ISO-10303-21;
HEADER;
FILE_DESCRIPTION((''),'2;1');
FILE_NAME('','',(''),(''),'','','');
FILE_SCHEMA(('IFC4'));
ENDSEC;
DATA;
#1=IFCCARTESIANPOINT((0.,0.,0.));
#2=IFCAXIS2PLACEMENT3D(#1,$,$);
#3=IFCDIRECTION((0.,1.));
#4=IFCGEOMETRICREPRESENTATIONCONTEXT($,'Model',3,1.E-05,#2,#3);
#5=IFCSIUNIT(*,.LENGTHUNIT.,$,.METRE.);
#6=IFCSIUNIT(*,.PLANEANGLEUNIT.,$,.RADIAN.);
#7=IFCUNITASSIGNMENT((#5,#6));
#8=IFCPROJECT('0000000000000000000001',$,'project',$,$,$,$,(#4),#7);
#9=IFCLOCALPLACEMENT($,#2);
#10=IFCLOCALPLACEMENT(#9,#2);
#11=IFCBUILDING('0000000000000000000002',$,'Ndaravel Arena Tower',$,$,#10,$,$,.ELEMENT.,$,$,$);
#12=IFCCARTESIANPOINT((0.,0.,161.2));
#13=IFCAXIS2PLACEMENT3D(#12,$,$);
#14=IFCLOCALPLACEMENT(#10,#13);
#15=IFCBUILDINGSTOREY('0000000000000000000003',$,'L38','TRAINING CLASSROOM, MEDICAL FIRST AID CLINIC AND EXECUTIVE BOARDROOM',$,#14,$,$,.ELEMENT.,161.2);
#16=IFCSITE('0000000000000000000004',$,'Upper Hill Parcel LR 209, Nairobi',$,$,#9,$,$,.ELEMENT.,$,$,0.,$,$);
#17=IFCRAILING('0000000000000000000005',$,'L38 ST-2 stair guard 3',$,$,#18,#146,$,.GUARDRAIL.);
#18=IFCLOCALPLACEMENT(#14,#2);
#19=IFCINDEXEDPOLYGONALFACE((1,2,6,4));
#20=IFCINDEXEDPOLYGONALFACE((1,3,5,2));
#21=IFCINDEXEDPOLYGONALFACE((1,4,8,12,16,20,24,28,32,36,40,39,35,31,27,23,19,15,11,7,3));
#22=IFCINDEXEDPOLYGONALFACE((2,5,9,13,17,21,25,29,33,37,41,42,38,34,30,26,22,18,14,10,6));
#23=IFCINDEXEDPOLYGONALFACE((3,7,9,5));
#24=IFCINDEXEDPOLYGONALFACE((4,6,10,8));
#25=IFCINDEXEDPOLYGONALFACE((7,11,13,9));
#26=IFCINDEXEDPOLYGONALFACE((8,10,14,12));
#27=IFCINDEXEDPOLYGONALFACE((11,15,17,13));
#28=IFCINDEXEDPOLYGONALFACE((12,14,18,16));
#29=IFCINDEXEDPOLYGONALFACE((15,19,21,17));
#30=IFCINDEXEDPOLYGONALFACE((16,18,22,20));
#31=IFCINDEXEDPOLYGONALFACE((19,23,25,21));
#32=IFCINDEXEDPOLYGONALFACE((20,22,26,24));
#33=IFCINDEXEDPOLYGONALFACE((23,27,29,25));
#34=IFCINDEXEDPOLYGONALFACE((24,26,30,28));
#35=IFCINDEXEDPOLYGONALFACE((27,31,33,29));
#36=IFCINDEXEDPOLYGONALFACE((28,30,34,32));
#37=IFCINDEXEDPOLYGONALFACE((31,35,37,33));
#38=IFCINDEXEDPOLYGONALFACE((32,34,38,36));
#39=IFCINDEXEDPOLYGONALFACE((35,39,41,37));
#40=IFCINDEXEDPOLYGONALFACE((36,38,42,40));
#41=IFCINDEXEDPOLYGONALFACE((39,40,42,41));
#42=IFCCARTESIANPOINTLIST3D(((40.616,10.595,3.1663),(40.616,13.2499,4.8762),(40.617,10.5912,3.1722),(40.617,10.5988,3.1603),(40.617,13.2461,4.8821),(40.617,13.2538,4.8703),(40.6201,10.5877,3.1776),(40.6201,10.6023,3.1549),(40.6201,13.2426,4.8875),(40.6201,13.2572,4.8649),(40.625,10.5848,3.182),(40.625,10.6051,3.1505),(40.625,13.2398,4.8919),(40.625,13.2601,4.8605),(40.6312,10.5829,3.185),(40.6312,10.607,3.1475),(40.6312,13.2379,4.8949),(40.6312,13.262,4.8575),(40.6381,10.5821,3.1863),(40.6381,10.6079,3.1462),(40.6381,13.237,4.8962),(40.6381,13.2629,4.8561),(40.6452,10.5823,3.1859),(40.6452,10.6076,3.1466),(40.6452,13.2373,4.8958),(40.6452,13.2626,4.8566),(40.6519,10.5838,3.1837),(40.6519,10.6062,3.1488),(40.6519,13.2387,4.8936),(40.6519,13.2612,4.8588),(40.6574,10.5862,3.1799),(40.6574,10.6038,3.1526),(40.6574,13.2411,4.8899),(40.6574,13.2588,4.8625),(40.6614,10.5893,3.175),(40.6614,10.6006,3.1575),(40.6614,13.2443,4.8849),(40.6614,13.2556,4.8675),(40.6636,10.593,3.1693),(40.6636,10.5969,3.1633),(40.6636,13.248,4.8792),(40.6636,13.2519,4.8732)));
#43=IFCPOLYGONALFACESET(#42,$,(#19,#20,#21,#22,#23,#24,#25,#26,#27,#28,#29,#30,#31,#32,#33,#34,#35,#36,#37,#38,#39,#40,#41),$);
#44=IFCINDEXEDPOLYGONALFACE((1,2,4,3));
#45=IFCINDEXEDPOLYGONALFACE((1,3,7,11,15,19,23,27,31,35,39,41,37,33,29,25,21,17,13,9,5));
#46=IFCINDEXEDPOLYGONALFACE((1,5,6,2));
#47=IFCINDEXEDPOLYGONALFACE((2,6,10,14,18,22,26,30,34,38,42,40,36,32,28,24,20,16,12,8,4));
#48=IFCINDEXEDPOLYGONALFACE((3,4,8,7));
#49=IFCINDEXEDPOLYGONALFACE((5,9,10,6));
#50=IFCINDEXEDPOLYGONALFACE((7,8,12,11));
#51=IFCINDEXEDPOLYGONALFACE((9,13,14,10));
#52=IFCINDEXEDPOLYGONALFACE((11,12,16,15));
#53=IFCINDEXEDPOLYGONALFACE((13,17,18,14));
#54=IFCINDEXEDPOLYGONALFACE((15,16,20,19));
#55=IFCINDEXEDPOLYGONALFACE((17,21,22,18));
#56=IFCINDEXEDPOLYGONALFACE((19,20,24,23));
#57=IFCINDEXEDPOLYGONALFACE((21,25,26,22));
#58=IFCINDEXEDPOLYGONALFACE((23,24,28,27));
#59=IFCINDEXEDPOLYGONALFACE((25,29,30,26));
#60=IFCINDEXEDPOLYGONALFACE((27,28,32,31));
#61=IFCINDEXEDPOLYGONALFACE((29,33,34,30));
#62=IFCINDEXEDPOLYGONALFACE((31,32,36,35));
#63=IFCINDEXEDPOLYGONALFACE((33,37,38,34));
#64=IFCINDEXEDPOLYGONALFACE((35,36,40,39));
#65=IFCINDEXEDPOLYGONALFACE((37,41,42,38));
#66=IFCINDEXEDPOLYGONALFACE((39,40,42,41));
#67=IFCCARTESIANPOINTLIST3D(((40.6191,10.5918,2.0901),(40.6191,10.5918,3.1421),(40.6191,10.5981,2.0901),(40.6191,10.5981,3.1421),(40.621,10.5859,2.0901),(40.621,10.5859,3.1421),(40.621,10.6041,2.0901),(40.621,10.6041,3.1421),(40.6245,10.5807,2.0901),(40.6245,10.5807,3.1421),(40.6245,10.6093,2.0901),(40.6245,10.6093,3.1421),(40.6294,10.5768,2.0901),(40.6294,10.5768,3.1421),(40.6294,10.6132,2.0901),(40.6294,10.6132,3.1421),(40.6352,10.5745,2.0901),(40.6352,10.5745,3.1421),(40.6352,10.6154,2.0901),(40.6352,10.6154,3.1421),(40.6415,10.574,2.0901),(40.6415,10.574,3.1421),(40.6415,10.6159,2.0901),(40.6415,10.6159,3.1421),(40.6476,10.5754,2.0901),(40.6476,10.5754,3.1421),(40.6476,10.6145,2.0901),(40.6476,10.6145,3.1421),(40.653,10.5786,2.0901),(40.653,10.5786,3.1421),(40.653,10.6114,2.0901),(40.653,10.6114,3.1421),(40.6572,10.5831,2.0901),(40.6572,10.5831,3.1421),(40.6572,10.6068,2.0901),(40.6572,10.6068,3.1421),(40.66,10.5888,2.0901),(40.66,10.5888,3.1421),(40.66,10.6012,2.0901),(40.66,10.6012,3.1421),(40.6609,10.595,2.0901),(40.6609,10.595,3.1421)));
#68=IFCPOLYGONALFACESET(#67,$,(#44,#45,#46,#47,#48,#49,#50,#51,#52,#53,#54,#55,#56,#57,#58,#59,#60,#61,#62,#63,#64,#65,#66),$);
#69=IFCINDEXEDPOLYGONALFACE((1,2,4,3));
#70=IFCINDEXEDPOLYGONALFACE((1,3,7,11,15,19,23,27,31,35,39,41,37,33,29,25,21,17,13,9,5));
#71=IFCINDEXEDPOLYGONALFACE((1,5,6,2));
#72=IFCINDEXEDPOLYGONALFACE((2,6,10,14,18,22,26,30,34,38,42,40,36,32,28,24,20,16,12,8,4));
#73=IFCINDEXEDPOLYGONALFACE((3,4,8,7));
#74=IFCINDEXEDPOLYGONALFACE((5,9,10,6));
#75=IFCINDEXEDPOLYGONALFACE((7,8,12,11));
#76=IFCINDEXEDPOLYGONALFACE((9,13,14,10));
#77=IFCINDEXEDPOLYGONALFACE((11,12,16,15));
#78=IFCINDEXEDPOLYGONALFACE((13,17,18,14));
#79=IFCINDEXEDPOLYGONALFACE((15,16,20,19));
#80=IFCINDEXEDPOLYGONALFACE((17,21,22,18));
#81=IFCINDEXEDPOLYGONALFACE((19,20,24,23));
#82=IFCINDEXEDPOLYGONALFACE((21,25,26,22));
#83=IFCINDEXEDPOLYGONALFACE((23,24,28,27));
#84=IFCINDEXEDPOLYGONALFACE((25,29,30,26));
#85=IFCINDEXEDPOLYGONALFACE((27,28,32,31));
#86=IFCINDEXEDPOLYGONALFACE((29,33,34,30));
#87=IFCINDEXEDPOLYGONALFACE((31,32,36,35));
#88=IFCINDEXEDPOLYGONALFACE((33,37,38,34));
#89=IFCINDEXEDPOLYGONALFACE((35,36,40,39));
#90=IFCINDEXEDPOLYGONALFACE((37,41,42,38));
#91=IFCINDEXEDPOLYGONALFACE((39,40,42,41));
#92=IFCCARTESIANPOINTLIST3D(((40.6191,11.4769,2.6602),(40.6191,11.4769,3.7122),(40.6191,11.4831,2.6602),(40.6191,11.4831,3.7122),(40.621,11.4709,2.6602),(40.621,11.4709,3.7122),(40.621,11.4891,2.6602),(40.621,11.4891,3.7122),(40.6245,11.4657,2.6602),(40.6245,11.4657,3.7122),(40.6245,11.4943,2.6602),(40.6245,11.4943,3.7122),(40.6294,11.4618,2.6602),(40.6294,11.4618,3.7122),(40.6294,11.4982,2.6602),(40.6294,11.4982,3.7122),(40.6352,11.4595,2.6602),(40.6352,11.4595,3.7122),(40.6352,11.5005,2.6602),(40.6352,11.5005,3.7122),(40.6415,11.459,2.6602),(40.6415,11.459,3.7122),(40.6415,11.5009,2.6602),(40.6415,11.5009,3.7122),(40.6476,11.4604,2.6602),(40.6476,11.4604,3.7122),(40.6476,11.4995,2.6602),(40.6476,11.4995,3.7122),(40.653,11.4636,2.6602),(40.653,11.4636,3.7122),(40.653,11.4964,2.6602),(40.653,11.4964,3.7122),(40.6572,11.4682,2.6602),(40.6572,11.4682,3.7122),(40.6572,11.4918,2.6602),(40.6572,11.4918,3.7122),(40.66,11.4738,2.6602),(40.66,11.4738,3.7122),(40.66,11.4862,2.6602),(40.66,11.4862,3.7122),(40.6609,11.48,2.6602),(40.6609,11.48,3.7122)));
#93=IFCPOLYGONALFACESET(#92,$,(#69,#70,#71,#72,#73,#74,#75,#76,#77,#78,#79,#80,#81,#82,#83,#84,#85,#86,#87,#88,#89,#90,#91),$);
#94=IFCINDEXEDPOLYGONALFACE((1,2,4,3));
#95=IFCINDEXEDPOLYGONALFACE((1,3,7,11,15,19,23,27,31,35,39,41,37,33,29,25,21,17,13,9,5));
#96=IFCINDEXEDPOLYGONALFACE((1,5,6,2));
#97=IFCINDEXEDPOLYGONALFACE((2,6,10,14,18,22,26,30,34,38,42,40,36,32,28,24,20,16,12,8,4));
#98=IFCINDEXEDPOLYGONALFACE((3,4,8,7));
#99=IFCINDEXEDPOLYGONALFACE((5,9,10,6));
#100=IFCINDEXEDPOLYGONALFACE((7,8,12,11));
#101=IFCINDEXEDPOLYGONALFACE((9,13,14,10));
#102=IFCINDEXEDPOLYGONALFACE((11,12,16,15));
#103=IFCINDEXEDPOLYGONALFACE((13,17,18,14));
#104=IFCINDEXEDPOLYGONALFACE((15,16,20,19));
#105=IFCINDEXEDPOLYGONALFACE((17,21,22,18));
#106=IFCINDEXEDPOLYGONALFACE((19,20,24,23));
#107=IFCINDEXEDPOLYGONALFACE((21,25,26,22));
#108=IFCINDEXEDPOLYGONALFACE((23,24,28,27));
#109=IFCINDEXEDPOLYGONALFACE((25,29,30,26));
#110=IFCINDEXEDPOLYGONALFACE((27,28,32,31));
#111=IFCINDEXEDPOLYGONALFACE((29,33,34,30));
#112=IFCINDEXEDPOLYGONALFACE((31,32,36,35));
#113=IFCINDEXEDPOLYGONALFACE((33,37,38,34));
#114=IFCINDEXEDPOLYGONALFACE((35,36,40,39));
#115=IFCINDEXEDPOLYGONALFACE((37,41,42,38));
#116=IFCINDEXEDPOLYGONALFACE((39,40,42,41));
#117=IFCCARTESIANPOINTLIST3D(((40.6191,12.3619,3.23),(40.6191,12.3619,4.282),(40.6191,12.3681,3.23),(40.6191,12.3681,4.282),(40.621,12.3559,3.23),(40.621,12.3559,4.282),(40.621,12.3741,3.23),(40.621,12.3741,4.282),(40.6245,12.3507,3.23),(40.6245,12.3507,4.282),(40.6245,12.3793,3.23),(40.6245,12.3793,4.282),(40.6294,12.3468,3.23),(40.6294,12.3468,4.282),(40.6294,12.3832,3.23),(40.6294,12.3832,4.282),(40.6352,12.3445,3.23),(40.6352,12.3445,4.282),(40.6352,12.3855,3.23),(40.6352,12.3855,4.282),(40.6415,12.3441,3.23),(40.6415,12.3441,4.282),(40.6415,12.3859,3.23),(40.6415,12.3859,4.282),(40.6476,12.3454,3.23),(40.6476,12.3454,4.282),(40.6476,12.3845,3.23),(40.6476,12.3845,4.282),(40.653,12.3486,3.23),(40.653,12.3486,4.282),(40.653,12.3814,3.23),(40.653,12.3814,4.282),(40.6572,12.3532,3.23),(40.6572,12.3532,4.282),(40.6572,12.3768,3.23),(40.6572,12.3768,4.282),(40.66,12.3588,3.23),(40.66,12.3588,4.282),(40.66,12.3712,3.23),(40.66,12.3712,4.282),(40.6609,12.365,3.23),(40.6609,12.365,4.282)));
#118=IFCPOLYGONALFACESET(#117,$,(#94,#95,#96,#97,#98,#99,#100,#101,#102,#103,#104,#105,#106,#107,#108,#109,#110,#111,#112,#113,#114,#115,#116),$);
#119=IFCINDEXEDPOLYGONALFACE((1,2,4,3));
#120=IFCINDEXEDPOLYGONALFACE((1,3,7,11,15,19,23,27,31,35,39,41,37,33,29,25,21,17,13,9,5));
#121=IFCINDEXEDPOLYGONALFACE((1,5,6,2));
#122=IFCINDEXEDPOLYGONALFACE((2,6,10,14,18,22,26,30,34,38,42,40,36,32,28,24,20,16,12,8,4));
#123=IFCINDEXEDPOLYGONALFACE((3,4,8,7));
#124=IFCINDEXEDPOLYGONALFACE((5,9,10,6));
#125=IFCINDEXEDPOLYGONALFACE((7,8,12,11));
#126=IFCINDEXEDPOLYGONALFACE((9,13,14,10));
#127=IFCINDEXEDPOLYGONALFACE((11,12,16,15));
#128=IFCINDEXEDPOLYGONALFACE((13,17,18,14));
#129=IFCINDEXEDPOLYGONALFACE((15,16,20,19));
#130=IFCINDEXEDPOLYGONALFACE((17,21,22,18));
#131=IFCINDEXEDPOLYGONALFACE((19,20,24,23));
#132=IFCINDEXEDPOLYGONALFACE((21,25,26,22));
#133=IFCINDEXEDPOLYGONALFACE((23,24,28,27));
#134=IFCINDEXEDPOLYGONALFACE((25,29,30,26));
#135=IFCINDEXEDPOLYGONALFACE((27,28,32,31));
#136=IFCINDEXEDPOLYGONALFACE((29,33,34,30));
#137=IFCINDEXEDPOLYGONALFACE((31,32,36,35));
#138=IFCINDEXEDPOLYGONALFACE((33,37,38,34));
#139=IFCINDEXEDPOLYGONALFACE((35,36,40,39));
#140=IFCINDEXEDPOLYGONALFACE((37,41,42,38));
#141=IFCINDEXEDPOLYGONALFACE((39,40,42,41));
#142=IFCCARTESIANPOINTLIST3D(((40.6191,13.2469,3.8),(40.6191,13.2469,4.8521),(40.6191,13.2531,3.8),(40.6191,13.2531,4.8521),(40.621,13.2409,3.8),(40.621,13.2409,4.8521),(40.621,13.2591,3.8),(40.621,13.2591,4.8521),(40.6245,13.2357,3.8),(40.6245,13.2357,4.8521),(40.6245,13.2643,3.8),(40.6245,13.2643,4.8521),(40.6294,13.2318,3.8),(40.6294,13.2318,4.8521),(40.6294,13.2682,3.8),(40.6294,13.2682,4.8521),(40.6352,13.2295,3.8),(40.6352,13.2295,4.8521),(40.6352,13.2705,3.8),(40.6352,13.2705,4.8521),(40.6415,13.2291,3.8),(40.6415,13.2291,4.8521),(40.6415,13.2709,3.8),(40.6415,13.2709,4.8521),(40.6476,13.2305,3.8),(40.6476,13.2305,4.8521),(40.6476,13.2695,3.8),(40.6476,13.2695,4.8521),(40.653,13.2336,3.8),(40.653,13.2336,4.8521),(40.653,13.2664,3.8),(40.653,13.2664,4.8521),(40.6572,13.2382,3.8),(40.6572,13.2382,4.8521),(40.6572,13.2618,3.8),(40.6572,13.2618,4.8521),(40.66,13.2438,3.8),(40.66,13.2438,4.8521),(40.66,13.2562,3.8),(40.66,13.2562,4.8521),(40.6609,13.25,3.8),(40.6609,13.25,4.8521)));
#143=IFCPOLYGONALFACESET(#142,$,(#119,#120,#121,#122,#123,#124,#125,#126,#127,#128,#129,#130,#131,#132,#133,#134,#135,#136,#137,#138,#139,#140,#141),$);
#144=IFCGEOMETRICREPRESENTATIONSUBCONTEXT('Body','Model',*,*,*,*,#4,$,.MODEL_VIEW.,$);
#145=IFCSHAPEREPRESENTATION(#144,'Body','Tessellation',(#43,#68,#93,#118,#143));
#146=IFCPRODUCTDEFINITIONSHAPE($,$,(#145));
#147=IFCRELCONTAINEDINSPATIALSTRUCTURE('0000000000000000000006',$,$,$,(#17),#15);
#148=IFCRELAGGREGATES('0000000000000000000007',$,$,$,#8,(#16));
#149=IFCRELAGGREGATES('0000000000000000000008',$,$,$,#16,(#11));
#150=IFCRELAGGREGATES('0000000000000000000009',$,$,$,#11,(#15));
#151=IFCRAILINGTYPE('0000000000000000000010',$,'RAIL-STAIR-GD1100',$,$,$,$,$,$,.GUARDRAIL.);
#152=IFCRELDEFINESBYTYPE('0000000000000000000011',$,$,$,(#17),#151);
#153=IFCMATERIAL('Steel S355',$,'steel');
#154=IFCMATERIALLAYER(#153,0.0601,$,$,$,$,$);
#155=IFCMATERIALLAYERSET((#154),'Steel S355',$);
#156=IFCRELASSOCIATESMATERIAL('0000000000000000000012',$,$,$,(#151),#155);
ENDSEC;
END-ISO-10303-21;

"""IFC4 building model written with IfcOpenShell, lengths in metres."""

from ifc_helpers import new_model, si_unit, direction, frame, origin, origin_2d, place, context, subcontext, project, spatial, circle, extrude, material, layer, layer_set, type_object, element, save


model = new_model("IFC4")

# Units and contexts
model_context = context("Model", 3, precision=1e-05, world=origin(), true_north=direction((0.0, 1.0)))
body_context = subcontext(model_context, "Body", "Model", "MODEL_VIEW")
ifc_project = project(units=[si_unit("LENGTHUNIT", "METRE"), si_unit("PLANEANGLEUNIT", "RADIAN")], contexts=[model_context])

# Site, building, storey
site_placement = place(None, origin())
site = spatial("IfcSite", under=ifc_project, at=site_placement, Name="Upper Hill Parcel LR 209, Nairobi", CompositionType="ELEMENT", RefElevation=0.0)
building_placement = place(site_placement, origin())
building = spatial("IfcBuilding", under=site, at=building_placement, Name="Ndaravel Arena Tower", CompositionType="ELEMENT")
storey_placement = place(building_placement, frame((0.0, 0.0, 161.2)))
storey = spatial("IfcBuildingStorey", under=building, at=storey_placement, Name="L38", Description="TRAINING CLASSROOM, MEDICAL FIRST AID CLINIC AND EXECUTIVE BOARDROOM", CompositionType="ELEMENT", Elevation=161.2)

# Railing
ifc_material_1 = material(Name="Steel S355", Category="steel")
ifc_layer_1 = layer(ifc_material_1, 0.0601)
ifc_layer_set_1 = layer_set([ifc_layer_1], Name="Steel S355")
railing_type_1 = type_object("IfcRailingType", Name="RAIL-STAIR-GD1100", PredefinedType="GUARDRAIL", material=ifc_layer_set_1)
railing_1_placement = place(storey_placement, frame((40.6399, 10.595, 2.0901)))
element("IfcRailing", 1, at=railing_1_placement, inside=storey, type_object=railing_type_1, Name="L38 ST-2 stair guard 3", PredefinedType="GUARDRAIL", context=body_context, shape_type="SweptSolid", body=[
    extrude(circle(Radius=0.0239, at=origin_2d()), frame((0.0, 0.0, 1.0762), z_axis=(0.0, 0.840724, 0.541465), x_axis=(-1.0, 0.0, 0.0)), (0.0, 0.0, 1.0), 3.158),
    extrude(circle(Radius=0.021, at=origin_2d()), origin(), (0.0, 0.0, 1.0), 1.052),
    extrude(circle(Radius=0.021, at=origin_2d()), frame((0.0, 0.885, 0.5701)), (0.0, 0.0, 1.0), 1.052),
    extrude(circle(Radius=0.021, at=origin_2d()), frame((0.0, 1.77, 1.1399)), (0.0, 0.0, 1.0), 1.052),
    extrude(circle(Radius=0.021, at=origin_2d()), frame((0.0, 2.655, 1.71)), (0.0, 0.0, 1.0), 1.052),
])

save(model, "model.ifc")
